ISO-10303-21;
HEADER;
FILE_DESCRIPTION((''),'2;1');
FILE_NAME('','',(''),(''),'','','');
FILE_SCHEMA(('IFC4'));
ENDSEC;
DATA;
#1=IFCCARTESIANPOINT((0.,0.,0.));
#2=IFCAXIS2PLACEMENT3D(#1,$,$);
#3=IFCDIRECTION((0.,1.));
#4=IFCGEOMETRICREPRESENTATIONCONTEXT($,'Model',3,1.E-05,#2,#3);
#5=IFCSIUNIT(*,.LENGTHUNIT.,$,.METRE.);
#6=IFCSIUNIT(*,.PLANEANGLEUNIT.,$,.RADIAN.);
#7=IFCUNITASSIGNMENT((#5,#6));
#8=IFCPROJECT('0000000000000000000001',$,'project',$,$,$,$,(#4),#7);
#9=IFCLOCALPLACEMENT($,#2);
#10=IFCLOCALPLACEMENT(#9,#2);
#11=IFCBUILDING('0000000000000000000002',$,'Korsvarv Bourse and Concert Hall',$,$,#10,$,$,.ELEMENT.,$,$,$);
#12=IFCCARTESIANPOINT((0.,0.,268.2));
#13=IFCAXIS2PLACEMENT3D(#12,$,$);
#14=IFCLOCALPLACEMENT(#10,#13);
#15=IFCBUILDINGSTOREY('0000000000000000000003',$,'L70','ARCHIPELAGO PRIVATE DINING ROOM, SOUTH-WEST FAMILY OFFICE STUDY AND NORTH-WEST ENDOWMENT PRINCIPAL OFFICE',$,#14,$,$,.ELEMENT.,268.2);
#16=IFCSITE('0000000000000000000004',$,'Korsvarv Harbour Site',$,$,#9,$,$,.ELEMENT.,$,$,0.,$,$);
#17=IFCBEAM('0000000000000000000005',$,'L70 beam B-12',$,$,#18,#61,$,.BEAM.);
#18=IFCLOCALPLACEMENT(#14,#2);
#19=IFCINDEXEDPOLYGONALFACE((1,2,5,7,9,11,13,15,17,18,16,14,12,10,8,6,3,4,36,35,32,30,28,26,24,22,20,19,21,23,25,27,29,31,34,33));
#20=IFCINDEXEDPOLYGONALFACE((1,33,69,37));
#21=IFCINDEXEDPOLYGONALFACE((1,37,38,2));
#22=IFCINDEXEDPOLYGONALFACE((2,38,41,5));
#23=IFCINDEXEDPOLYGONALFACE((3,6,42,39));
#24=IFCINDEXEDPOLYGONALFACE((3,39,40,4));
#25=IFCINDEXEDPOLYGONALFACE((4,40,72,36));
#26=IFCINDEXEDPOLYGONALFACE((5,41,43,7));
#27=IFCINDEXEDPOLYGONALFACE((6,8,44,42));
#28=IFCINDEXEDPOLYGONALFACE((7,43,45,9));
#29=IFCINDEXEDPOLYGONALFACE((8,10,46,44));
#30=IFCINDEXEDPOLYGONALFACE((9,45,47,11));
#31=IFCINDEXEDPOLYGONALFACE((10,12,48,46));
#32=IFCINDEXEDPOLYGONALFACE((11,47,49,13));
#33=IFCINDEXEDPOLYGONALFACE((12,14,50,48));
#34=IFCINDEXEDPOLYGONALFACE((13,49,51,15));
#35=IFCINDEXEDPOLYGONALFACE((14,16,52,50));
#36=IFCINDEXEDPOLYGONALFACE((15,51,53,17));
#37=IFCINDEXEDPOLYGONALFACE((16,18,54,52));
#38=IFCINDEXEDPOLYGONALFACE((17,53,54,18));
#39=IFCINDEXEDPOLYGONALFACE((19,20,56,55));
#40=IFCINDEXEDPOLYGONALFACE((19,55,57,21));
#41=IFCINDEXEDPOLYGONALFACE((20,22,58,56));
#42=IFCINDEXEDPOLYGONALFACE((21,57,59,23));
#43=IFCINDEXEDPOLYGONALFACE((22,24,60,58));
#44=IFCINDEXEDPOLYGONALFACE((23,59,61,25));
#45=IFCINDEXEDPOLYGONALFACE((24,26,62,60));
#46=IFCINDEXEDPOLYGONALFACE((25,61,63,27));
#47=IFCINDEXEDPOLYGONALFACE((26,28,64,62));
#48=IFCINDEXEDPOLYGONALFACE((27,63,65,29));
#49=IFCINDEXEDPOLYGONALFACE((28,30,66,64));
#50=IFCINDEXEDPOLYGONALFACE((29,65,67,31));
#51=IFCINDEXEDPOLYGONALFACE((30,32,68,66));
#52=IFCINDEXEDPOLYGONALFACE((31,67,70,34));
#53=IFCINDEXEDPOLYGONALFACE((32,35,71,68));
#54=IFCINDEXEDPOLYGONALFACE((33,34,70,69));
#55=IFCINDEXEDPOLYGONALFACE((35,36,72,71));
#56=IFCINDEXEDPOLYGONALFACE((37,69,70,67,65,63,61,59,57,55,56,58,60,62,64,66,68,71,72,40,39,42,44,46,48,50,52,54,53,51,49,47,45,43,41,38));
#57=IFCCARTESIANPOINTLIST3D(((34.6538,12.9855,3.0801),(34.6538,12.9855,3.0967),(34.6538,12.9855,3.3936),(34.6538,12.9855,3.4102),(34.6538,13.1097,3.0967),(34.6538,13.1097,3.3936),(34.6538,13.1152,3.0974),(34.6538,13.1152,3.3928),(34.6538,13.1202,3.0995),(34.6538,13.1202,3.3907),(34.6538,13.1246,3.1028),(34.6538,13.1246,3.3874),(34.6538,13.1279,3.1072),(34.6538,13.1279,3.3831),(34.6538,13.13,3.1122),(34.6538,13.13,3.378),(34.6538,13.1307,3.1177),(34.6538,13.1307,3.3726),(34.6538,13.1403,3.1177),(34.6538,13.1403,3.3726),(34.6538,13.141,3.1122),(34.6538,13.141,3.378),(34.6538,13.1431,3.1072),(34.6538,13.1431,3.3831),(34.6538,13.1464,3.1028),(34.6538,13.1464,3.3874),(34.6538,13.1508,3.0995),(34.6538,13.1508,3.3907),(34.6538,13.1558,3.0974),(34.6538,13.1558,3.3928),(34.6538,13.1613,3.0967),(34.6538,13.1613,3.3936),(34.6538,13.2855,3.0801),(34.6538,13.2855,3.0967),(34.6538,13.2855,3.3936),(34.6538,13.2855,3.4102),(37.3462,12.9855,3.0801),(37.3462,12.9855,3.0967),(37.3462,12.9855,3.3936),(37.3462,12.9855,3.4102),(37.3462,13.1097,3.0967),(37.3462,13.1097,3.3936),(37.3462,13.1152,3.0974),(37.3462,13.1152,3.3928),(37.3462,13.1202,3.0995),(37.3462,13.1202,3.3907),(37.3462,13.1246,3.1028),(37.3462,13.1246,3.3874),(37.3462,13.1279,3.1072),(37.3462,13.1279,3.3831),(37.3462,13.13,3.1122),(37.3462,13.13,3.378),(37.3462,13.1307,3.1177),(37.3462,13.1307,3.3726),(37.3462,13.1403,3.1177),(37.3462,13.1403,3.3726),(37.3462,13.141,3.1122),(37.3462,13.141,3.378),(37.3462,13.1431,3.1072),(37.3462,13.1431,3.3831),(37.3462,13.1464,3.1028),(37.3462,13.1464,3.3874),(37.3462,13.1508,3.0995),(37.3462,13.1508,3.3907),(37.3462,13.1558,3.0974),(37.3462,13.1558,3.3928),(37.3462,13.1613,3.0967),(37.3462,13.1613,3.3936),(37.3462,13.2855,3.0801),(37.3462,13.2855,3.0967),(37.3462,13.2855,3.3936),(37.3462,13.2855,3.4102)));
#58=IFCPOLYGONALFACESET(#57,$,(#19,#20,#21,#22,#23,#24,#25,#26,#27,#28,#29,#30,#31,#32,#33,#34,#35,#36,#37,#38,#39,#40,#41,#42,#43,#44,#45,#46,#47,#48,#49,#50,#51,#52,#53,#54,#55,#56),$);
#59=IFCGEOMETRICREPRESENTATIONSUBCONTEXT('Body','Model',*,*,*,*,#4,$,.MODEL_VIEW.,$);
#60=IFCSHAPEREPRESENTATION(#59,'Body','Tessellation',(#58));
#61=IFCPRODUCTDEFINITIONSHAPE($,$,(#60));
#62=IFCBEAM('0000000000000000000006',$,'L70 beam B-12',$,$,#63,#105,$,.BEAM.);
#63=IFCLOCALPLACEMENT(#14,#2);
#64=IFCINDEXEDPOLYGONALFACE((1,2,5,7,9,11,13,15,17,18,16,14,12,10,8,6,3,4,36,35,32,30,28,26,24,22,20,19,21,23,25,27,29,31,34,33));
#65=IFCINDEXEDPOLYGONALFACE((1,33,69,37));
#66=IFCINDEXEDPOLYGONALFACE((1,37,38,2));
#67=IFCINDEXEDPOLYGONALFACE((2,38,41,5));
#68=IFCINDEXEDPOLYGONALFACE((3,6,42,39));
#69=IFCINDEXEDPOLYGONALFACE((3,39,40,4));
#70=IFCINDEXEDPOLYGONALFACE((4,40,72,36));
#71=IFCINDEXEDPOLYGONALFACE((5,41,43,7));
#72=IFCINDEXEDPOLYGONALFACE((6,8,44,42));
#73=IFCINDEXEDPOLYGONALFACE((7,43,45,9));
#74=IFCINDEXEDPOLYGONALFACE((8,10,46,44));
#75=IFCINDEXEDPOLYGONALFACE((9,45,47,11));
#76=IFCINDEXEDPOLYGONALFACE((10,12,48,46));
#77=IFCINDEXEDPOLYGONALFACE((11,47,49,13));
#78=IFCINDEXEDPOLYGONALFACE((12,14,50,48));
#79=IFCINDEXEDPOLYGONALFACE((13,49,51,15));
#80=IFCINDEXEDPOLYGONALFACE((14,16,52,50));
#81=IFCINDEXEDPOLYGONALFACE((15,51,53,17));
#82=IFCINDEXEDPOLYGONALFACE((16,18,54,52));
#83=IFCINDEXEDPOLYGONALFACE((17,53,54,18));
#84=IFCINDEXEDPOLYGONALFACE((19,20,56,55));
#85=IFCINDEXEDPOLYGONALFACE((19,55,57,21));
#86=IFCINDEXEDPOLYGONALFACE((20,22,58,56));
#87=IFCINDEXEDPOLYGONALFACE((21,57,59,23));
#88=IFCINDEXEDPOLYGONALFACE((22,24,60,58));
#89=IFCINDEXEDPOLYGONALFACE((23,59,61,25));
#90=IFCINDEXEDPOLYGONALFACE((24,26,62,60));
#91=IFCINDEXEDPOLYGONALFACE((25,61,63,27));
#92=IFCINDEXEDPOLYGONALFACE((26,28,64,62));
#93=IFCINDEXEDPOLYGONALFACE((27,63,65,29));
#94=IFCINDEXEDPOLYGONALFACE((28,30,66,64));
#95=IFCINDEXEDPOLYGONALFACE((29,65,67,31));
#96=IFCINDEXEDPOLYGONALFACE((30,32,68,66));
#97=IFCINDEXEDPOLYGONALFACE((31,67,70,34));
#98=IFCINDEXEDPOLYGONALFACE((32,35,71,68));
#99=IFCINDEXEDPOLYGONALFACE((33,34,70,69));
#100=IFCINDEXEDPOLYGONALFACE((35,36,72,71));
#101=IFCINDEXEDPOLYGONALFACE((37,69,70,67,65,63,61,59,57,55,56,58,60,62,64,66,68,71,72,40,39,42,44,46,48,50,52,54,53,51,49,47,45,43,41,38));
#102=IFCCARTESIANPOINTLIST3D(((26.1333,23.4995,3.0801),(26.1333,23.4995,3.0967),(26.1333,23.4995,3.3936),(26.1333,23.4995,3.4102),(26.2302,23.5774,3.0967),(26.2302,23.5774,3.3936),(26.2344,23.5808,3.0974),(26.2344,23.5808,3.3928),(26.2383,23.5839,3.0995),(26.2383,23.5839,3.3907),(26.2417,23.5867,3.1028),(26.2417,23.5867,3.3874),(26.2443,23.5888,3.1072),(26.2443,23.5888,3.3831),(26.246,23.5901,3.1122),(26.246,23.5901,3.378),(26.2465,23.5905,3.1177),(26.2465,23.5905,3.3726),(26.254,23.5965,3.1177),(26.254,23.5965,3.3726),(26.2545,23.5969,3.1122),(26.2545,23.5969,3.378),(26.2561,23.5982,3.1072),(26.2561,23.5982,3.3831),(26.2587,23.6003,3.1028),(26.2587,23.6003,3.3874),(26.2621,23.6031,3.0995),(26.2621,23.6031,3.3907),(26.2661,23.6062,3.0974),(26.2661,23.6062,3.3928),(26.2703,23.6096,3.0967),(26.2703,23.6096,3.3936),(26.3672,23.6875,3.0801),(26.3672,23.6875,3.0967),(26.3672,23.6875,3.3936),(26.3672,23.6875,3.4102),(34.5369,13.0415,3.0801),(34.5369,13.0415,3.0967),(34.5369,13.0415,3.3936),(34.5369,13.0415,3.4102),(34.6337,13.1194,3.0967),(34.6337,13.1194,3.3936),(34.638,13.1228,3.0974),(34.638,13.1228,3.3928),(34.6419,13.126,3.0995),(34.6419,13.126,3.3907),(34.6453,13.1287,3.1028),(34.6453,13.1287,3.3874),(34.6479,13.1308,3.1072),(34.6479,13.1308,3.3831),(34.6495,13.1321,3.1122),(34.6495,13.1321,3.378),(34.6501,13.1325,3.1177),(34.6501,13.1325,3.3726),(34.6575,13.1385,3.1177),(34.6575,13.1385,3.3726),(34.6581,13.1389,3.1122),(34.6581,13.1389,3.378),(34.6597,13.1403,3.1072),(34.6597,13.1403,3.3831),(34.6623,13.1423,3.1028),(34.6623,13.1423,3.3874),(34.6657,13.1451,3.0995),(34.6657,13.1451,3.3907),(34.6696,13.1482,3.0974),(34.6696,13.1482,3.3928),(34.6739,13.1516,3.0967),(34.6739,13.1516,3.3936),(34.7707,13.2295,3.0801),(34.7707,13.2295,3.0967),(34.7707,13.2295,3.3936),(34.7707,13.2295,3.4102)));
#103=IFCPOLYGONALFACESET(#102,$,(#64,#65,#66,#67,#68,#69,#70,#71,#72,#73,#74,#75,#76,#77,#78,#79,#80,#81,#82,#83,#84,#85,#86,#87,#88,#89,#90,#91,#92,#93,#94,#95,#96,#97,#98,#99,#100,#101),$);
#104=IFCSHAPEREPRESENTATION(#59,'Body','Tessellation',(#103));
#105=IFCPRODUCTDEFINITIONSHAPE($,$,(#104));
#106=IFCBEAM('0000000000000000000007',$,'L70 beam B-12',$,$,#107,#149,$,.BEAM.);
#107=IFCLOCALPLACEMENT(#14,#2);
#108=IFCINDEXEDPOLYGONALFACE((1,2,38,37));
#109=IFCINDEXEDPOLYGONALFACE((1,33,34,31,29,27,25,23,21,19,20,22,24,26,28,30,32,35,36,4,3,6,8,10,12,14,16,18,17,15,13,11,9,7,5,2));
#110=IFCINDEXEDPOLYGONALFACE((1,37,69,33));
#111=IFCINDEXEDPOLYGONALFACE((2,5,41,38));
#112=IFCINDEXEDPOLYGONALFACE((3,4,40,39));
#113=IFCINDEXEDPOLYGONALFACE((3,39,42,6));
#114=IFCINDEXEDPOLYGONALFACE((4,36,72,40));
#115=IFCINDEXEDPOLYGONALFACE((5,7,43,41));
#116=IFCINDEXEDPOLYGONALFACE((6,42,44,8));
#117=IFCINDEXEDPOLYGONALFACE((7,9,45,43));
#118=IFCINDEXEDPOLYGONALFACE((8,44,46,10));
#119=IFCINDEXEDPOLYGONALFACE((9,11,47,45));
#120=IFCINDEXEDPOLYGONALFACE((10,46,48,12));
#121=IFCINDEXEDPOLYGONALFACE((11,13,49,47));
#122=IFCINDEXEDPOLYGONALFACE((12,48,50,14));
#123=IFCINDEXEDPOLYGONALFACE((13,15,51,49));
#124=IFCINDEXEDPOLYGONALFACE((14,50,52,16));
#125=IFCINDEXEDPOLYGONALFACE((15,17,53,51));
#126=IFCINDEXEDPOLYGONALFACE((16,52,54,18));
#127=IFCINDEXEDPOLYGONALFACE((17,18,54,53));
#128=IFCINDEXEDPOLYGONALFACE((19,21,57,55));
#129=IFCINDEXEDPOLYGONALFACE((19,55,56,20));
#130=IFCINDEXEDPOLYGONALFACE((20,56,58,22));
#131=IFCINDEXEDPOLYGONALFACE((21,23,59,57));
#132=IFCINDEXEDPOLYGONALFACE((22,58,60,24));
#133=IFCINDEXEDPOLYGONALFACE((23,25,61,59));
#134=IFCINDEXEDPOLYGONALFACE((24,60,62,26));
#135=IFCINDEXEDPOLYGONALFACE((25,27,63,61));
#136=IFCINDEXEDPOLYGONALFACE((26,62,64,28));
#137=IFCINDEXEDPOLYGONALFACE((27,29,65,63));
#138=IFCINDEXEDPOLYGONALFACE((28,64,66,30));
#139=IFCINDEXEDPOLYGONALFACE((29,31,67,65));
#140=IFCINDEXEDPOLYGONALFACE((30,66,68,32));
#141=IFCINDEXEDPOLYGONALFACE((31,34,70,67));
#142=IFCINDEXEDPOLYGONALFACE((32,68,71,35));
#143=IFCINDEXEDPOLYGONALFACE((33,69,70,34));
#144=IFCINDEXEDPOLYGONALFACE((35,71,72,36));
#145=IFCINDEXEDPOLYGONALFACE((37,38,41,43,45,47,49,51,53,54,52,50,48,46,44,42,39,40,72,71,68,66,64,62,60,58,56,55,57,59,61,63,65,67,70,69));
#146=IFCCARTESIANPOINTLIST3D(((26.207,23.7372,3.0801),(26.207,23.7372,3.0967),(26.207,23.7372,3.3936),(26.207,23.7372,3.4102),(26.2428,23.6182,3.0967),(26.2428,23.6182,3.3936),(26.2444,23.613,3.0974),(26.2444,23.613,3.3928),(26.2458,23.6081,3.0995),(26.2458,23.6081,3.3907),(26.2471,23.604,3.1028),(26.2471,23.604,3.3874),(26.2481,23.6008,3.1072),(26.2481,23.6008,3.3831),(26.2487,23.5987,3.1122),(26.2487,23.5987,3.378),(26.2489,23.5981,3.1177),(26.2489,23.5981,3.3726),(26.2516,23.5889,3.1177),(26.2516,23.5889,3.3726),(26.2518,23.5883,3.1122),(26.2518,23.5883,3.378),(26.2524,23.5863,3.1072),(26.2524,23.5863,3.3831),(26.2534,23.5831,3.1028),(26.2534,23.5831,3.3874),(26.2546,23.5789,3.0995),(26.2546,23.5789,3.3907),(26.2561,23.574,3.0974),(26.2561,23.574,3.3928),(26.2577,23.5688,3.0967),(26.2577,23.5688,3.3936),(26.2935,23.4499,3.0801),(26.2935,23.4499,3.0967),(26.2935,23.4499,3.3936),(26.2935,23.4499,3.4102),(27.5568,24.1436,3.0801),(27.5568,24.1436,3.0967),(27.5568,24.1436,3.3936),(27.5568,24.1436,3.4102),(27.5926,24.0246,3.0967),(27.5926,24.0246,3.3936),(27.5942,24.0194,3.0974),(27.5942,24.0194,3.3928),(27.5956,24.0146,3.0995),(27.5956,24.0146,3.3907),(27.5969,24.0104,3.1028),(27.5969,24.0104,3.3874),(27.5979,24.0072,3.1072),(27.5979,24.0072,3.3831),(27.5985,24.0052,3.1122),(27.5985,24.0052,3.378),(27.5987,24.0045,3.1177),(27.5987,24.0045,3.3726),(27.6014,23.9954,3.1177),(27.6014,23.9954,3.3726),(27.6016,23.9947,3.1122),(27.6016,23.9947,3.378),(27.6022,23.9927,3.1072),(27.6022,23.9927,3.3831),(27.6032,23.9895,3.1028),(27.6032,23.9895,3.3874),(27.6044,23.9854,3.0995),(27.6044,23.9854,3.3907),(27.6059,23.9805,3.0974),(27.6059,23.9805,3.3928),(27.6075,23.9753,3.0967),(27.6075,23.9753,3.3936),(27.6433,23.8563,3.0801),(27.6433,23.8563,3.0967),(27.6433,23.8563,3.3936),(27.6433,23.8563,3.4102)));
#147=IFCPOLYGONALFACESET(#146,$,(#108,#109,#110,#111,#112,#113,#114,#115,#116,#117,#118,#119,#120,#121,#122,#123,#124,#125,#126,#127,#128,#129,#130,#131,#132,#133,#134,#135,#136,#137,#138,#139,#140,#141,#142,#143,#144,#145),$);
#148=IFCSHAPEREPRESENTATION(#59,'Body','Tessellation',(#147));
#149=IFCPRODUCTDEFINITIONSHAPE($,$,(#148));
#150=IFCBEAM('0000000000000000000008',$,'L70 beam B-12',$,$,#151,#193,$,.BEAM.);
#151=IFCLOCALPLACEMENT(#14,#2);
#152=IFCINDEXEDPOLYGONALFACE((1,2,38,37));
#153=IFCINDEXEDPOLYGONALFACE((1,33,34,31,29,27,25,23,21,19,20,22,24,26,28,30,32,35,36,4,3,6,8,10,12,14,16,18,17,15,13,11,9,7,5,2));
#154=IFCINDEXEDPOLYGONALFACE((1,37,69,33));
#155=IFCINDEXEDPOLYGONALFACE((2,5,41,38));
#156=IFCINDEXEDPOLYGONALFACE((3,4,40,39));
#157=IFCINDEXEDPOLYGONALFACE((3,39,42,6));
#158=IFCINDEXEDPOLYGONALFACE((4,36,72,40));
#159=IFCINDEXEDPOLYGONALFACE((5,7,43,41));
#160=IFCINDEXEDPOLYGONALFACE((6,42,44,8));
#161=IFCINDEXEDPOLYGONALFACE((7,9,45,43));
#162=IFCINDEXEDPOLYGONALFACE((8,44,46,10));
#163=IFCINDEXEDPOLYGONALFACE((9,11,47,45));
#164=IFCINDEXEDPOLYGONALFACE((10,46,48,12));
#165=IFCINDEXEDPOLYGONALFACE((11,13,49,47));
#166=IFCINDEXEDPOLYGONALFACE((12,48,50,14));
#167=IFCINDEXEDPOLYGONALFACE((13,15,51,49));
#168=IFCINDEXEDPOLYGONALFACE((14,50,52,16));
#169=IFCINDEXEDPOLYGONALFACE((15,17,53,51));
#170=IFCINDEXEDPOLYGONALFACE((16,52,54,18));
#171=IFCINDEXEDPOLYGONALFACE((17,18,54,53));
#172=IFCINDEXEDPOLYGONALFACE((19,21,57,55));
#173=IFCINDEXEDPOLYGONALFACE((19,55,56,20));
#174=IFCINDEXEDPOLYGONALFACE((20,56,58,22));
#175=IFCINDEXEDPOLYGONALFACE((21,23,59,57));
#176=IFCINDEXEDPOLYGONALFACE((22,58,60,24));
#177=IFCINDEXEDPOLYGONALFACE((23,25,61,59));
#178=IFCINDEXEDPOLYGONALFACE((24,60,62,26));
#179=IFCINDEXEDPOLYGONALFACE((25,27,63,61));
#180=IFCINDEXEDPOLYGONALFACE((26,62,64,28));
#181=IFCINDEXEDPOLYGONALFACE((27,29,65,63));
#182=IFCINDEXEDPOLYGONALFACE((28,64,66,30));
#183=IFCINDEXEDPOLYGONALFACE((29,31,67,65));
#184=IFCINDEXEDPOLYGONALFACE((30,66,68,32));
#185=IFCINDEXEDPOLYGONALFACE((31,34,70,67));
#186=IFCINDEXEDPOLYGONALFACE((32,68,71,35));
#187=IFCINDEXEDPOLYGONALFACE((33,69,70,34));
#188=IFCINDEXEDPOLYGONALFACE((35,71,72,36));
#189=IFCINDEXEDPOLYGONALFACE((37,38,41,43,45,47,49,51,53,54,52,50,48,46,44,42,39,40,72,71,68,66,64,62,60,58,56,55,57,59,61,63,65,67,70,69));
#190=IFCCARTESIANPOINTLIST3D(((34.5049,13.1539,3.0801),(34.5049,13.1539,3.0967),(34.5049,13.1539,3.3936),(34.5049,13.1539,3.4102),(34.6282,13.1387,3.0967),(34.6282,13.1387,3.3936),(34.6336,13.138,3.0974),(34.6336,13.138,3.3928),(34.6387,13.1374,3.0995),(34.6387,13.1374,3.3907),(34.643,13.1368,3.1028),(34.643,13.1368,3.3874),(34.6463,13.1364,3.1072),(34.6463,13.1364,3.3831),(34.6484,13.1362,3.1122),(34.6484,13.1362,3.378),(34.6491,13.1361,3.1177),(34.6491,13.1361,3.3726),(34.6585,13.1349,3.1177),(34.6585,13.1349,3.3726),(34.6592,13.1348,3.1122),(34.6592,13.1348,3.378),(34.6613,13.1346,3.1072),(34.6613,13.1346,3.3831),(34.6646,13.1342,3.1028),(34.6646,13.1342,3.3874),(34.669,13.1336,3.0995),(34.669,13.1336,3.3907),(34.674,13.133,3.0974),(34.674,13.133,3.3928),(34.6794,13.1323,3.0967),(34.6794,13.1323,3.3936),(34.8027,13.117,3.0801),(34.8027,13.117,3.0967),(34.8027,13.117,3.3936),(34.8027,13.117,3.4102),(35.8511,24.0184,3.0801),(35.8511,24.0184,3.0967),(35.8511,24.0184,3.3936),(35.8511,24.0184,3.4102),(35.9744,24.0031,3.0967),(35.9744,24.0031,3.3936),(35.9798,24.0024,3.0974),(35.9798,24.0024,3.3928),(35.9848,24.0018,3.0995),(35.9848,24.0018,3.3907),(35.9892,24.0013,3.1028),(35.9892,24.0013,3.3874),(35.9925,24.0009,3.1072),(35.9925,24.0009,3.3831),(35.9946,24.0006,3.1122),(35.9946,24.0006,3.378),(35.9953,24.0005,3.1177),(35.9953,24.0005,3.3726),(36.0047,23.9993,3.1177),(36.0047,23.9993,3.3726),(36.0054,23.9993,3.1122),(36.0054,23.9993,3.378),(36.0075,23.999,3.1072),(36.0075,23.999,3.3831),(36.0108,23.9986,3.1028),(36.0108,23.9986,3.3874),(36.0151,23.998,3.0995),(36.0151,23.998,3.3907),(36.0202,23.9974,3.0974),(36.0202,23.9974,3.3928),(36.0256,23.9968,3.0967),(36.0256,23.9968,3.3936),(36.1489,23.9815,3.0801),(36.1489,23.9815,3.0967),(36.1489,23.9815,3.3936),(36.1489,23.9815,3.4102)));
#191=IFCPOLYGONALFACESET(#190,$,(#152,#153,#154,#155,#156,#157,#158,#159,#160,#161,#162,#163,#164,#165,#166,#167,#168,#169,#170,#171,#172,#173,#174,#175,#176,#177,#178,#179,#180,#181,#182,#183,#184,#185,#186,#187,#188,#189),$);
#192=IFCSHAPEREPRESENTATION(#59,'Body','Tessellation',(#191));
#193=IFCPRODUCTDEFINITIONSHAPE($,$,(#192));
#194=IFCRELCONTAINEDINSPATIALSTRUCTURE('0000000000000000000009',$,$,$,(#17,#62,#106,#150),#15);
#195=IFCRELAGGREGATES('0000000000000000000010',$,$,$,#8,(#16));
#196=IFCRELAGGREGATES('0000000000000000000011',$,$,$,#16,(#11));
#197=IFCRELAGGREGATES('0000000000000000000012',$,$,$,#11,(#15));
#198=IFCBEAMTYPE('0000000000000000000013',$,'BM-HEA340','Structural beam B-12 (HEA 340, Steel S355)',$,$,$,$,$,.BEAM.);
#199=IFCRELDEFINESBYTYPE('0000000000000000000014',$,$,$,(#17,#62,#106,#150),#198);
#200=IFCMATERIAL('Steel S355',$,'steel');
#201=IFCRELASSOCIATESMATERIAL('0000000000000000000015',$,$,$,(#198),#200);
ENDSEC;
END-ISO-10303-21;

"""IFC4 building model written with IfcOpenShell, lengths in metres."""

from ifc_helpers import new_model, si_unit, direction, frame, origin, origin_2d, place, context, subcontext, project, spatial, i_section, extrude, source, transform, mapped, material, material_profile, profile_set, type_object, element, save


model = new_model("IFC4")

# Units and contexts
model_context = context("Model", 3, precision=1e-05, world=origin(), true_north=direction((0.0, 1.0)))
body_context = subcontext(model_context, "Body", "Model", "MODEL_VIEW")
ifc_project = project(units=[si_unit("LENGTHUNIT", "METRE"), si_unit("PLANEANGLEUNIT", "RADIAN")], contexts=[model_context])

# Site, building, storey
site_placement = place(None, origin())
site = spatial("IfcSite", under=ifc_project, at=site_placement, Name="Korsvarv Harbour Site", CompositionType="ELEMENT", RefElevation=0.0)
building_placement = place(site_placement, origin())
building = spatial("IfcBuilding", under=site, at=building_placement, Name="Korsvarv Bourse and Concert Hall", CompositionType="ELEMENT")
storey_placement = place(building_placement, frame((0.0, 0.0, 268.2)))
storey = spatial("IfcBuildingStorey", under=building, at=storey_placement, Name="L70", Description="ARCHIPELAGO PRIVATE DINING ROOM, SOUTH-WEST FAMILY OFFICE STUDY AND NORTH-WEST ENDOWMENT PRINCIPAL OFFICE", CompositionType="ELEMENT", Elevation=268.2)

# Shared definitions
ifc_material_1 = material(Name="Steel S355", Category="steel")

# Beams
ifc_material_profile_1 = material_profile(ifc_material_1, i_section(OverallWidth=0.3, OverallDepth=0.3301, WebThickness=0.0095, FlangeThickness=0.0166, FilletRadius=0.021, at=origin_2d()), Name="HEA 340")
ifc_profile_set_1 = profile_set([ifc_material_profile_1], Name="Steel S355")
beam_type_1 = type_object("IfcBeamType", Name="BM-HEA340", Description="Structural beam B-12 (HEA 340, Steel S355)", PredefinedType="BEAM", material=ifc_profile_set_1)
shared_shape_1 = source(origin(), body_context, "Body", "SweptSolid", [
    extrude(i_section(OverallWidth=0.3, OverallDepth=0.3301, WebThickness=0.0095, FlangeThickness=0.0166, FilletRadius=0.021, at=origin_2d()), origin(), (0.0, 0.0, 1.0), 2.6924),
])
beam_1_placement = place(storey_placement, frame((34.6538, 13.1355, 3.2451), z_axis=(1.0, 0.0, 0.0), x_axis=(0.0, 1.0, 0.0)))
element("IfcBeam", 1, at=beam_1_placement, inside=storey, type_object=beam_type_1, Name="L70 beam B-12", PredefinedType="BEAM", context=body_context, shape_type="MappedRepresentation", body=[
    mapped(shared_shape_1, transform((0.0, 0.0, 0.0), scale=1.0)),
])
shared_shape_2 = source(origin(), body_context, "Body", "SweptSolid", [
    extrude(i_section(OverallWidth=0.3, OverallDepth=0.3301, WebThickness=0.0095, FlangeThickness=0.0166, FilletRadius=0.021, at=origin_2d()), origin(), (0.0, 0.0, 1.0), 13.416),
])
beam_2_placement = place(storey_placement, frame((26.2502, 23.5935, 3.2451), z_axis=(0.626382, -0.779516, 0.0), x_axis=(0.779516, 0.626382, 0.0)))
element("IfcBeam", 2, at=beam_2_placement, inside=storey, type_object=beam_type_1, Name="L70 beam B-12", PredefinedType="BEAM", context=body_context, shape_type="MappedRepresentation", body=[
    mapped(shared_shape_2, transform((0.0, 0.0, 0.0), scale=1.0)),
])
shared_shape_3 = source(origin(), body_context, "Body", "SweptSolid", [
    extrude(i_section(OverallWidth=0.3, OverallDepth=0.3301, WebThickness=0.0095, FlangeThickness=0.0166, FilletRadius=0.021, at=origin_2d()), origin(), (0.0, 0.0, 1.0), 1.4097),
])
beam_3_placement = place(storey_placement, frame((26.2502, 23.5935, 3.2451), z_axis=(0.957525, 0.288349, 0.0), x_axis=(-0.288349, 0.957525, 0.0)))
element("IfcBeam", 3, at=beam_3_placement, inside=storey, type_object=beam_type_1, Name="L70 beam B-12", PredefinedType="BEAM", context=body_context, shape_type="MappedRepresentation", body=[
    mapped(shared_shape_3, transform((0.0, 0.0, 0.0), scale=1.0)),
])
shared_shape_4 = source(origin(), body_context, "Body", "SweptSolid", [
    extrude(i_section(OverallWidth=0.3, OverallDepth=0.3301, WebThickness=0.0095, FlangeThickness=0.0166, FilletRadius=0.021, at=origin_2d()), origin(), (0.0, 0.0, 1.0), 10.9475),
])
beam_4_placement = place(storey_placement, frame((34.6538, 13.1355, 3.2451), z_axis=(0.122967, 0.992411, 0.0), x_axis=(-0.992411, 0.122967, 0.0)))
element("IfcBeam", 4, at=beam_4_placement, inside=storey, type_object=beam_type_1, Name="L70 beam B-12", PredefinedType="BEAM", context=body_context, shape_type="MappedRepresentation", body=[
    mapped(shared_shape_4, transform((0.0, 0.0, 0.0), scale=1.0)),
])

save(model, "model.ifc")
